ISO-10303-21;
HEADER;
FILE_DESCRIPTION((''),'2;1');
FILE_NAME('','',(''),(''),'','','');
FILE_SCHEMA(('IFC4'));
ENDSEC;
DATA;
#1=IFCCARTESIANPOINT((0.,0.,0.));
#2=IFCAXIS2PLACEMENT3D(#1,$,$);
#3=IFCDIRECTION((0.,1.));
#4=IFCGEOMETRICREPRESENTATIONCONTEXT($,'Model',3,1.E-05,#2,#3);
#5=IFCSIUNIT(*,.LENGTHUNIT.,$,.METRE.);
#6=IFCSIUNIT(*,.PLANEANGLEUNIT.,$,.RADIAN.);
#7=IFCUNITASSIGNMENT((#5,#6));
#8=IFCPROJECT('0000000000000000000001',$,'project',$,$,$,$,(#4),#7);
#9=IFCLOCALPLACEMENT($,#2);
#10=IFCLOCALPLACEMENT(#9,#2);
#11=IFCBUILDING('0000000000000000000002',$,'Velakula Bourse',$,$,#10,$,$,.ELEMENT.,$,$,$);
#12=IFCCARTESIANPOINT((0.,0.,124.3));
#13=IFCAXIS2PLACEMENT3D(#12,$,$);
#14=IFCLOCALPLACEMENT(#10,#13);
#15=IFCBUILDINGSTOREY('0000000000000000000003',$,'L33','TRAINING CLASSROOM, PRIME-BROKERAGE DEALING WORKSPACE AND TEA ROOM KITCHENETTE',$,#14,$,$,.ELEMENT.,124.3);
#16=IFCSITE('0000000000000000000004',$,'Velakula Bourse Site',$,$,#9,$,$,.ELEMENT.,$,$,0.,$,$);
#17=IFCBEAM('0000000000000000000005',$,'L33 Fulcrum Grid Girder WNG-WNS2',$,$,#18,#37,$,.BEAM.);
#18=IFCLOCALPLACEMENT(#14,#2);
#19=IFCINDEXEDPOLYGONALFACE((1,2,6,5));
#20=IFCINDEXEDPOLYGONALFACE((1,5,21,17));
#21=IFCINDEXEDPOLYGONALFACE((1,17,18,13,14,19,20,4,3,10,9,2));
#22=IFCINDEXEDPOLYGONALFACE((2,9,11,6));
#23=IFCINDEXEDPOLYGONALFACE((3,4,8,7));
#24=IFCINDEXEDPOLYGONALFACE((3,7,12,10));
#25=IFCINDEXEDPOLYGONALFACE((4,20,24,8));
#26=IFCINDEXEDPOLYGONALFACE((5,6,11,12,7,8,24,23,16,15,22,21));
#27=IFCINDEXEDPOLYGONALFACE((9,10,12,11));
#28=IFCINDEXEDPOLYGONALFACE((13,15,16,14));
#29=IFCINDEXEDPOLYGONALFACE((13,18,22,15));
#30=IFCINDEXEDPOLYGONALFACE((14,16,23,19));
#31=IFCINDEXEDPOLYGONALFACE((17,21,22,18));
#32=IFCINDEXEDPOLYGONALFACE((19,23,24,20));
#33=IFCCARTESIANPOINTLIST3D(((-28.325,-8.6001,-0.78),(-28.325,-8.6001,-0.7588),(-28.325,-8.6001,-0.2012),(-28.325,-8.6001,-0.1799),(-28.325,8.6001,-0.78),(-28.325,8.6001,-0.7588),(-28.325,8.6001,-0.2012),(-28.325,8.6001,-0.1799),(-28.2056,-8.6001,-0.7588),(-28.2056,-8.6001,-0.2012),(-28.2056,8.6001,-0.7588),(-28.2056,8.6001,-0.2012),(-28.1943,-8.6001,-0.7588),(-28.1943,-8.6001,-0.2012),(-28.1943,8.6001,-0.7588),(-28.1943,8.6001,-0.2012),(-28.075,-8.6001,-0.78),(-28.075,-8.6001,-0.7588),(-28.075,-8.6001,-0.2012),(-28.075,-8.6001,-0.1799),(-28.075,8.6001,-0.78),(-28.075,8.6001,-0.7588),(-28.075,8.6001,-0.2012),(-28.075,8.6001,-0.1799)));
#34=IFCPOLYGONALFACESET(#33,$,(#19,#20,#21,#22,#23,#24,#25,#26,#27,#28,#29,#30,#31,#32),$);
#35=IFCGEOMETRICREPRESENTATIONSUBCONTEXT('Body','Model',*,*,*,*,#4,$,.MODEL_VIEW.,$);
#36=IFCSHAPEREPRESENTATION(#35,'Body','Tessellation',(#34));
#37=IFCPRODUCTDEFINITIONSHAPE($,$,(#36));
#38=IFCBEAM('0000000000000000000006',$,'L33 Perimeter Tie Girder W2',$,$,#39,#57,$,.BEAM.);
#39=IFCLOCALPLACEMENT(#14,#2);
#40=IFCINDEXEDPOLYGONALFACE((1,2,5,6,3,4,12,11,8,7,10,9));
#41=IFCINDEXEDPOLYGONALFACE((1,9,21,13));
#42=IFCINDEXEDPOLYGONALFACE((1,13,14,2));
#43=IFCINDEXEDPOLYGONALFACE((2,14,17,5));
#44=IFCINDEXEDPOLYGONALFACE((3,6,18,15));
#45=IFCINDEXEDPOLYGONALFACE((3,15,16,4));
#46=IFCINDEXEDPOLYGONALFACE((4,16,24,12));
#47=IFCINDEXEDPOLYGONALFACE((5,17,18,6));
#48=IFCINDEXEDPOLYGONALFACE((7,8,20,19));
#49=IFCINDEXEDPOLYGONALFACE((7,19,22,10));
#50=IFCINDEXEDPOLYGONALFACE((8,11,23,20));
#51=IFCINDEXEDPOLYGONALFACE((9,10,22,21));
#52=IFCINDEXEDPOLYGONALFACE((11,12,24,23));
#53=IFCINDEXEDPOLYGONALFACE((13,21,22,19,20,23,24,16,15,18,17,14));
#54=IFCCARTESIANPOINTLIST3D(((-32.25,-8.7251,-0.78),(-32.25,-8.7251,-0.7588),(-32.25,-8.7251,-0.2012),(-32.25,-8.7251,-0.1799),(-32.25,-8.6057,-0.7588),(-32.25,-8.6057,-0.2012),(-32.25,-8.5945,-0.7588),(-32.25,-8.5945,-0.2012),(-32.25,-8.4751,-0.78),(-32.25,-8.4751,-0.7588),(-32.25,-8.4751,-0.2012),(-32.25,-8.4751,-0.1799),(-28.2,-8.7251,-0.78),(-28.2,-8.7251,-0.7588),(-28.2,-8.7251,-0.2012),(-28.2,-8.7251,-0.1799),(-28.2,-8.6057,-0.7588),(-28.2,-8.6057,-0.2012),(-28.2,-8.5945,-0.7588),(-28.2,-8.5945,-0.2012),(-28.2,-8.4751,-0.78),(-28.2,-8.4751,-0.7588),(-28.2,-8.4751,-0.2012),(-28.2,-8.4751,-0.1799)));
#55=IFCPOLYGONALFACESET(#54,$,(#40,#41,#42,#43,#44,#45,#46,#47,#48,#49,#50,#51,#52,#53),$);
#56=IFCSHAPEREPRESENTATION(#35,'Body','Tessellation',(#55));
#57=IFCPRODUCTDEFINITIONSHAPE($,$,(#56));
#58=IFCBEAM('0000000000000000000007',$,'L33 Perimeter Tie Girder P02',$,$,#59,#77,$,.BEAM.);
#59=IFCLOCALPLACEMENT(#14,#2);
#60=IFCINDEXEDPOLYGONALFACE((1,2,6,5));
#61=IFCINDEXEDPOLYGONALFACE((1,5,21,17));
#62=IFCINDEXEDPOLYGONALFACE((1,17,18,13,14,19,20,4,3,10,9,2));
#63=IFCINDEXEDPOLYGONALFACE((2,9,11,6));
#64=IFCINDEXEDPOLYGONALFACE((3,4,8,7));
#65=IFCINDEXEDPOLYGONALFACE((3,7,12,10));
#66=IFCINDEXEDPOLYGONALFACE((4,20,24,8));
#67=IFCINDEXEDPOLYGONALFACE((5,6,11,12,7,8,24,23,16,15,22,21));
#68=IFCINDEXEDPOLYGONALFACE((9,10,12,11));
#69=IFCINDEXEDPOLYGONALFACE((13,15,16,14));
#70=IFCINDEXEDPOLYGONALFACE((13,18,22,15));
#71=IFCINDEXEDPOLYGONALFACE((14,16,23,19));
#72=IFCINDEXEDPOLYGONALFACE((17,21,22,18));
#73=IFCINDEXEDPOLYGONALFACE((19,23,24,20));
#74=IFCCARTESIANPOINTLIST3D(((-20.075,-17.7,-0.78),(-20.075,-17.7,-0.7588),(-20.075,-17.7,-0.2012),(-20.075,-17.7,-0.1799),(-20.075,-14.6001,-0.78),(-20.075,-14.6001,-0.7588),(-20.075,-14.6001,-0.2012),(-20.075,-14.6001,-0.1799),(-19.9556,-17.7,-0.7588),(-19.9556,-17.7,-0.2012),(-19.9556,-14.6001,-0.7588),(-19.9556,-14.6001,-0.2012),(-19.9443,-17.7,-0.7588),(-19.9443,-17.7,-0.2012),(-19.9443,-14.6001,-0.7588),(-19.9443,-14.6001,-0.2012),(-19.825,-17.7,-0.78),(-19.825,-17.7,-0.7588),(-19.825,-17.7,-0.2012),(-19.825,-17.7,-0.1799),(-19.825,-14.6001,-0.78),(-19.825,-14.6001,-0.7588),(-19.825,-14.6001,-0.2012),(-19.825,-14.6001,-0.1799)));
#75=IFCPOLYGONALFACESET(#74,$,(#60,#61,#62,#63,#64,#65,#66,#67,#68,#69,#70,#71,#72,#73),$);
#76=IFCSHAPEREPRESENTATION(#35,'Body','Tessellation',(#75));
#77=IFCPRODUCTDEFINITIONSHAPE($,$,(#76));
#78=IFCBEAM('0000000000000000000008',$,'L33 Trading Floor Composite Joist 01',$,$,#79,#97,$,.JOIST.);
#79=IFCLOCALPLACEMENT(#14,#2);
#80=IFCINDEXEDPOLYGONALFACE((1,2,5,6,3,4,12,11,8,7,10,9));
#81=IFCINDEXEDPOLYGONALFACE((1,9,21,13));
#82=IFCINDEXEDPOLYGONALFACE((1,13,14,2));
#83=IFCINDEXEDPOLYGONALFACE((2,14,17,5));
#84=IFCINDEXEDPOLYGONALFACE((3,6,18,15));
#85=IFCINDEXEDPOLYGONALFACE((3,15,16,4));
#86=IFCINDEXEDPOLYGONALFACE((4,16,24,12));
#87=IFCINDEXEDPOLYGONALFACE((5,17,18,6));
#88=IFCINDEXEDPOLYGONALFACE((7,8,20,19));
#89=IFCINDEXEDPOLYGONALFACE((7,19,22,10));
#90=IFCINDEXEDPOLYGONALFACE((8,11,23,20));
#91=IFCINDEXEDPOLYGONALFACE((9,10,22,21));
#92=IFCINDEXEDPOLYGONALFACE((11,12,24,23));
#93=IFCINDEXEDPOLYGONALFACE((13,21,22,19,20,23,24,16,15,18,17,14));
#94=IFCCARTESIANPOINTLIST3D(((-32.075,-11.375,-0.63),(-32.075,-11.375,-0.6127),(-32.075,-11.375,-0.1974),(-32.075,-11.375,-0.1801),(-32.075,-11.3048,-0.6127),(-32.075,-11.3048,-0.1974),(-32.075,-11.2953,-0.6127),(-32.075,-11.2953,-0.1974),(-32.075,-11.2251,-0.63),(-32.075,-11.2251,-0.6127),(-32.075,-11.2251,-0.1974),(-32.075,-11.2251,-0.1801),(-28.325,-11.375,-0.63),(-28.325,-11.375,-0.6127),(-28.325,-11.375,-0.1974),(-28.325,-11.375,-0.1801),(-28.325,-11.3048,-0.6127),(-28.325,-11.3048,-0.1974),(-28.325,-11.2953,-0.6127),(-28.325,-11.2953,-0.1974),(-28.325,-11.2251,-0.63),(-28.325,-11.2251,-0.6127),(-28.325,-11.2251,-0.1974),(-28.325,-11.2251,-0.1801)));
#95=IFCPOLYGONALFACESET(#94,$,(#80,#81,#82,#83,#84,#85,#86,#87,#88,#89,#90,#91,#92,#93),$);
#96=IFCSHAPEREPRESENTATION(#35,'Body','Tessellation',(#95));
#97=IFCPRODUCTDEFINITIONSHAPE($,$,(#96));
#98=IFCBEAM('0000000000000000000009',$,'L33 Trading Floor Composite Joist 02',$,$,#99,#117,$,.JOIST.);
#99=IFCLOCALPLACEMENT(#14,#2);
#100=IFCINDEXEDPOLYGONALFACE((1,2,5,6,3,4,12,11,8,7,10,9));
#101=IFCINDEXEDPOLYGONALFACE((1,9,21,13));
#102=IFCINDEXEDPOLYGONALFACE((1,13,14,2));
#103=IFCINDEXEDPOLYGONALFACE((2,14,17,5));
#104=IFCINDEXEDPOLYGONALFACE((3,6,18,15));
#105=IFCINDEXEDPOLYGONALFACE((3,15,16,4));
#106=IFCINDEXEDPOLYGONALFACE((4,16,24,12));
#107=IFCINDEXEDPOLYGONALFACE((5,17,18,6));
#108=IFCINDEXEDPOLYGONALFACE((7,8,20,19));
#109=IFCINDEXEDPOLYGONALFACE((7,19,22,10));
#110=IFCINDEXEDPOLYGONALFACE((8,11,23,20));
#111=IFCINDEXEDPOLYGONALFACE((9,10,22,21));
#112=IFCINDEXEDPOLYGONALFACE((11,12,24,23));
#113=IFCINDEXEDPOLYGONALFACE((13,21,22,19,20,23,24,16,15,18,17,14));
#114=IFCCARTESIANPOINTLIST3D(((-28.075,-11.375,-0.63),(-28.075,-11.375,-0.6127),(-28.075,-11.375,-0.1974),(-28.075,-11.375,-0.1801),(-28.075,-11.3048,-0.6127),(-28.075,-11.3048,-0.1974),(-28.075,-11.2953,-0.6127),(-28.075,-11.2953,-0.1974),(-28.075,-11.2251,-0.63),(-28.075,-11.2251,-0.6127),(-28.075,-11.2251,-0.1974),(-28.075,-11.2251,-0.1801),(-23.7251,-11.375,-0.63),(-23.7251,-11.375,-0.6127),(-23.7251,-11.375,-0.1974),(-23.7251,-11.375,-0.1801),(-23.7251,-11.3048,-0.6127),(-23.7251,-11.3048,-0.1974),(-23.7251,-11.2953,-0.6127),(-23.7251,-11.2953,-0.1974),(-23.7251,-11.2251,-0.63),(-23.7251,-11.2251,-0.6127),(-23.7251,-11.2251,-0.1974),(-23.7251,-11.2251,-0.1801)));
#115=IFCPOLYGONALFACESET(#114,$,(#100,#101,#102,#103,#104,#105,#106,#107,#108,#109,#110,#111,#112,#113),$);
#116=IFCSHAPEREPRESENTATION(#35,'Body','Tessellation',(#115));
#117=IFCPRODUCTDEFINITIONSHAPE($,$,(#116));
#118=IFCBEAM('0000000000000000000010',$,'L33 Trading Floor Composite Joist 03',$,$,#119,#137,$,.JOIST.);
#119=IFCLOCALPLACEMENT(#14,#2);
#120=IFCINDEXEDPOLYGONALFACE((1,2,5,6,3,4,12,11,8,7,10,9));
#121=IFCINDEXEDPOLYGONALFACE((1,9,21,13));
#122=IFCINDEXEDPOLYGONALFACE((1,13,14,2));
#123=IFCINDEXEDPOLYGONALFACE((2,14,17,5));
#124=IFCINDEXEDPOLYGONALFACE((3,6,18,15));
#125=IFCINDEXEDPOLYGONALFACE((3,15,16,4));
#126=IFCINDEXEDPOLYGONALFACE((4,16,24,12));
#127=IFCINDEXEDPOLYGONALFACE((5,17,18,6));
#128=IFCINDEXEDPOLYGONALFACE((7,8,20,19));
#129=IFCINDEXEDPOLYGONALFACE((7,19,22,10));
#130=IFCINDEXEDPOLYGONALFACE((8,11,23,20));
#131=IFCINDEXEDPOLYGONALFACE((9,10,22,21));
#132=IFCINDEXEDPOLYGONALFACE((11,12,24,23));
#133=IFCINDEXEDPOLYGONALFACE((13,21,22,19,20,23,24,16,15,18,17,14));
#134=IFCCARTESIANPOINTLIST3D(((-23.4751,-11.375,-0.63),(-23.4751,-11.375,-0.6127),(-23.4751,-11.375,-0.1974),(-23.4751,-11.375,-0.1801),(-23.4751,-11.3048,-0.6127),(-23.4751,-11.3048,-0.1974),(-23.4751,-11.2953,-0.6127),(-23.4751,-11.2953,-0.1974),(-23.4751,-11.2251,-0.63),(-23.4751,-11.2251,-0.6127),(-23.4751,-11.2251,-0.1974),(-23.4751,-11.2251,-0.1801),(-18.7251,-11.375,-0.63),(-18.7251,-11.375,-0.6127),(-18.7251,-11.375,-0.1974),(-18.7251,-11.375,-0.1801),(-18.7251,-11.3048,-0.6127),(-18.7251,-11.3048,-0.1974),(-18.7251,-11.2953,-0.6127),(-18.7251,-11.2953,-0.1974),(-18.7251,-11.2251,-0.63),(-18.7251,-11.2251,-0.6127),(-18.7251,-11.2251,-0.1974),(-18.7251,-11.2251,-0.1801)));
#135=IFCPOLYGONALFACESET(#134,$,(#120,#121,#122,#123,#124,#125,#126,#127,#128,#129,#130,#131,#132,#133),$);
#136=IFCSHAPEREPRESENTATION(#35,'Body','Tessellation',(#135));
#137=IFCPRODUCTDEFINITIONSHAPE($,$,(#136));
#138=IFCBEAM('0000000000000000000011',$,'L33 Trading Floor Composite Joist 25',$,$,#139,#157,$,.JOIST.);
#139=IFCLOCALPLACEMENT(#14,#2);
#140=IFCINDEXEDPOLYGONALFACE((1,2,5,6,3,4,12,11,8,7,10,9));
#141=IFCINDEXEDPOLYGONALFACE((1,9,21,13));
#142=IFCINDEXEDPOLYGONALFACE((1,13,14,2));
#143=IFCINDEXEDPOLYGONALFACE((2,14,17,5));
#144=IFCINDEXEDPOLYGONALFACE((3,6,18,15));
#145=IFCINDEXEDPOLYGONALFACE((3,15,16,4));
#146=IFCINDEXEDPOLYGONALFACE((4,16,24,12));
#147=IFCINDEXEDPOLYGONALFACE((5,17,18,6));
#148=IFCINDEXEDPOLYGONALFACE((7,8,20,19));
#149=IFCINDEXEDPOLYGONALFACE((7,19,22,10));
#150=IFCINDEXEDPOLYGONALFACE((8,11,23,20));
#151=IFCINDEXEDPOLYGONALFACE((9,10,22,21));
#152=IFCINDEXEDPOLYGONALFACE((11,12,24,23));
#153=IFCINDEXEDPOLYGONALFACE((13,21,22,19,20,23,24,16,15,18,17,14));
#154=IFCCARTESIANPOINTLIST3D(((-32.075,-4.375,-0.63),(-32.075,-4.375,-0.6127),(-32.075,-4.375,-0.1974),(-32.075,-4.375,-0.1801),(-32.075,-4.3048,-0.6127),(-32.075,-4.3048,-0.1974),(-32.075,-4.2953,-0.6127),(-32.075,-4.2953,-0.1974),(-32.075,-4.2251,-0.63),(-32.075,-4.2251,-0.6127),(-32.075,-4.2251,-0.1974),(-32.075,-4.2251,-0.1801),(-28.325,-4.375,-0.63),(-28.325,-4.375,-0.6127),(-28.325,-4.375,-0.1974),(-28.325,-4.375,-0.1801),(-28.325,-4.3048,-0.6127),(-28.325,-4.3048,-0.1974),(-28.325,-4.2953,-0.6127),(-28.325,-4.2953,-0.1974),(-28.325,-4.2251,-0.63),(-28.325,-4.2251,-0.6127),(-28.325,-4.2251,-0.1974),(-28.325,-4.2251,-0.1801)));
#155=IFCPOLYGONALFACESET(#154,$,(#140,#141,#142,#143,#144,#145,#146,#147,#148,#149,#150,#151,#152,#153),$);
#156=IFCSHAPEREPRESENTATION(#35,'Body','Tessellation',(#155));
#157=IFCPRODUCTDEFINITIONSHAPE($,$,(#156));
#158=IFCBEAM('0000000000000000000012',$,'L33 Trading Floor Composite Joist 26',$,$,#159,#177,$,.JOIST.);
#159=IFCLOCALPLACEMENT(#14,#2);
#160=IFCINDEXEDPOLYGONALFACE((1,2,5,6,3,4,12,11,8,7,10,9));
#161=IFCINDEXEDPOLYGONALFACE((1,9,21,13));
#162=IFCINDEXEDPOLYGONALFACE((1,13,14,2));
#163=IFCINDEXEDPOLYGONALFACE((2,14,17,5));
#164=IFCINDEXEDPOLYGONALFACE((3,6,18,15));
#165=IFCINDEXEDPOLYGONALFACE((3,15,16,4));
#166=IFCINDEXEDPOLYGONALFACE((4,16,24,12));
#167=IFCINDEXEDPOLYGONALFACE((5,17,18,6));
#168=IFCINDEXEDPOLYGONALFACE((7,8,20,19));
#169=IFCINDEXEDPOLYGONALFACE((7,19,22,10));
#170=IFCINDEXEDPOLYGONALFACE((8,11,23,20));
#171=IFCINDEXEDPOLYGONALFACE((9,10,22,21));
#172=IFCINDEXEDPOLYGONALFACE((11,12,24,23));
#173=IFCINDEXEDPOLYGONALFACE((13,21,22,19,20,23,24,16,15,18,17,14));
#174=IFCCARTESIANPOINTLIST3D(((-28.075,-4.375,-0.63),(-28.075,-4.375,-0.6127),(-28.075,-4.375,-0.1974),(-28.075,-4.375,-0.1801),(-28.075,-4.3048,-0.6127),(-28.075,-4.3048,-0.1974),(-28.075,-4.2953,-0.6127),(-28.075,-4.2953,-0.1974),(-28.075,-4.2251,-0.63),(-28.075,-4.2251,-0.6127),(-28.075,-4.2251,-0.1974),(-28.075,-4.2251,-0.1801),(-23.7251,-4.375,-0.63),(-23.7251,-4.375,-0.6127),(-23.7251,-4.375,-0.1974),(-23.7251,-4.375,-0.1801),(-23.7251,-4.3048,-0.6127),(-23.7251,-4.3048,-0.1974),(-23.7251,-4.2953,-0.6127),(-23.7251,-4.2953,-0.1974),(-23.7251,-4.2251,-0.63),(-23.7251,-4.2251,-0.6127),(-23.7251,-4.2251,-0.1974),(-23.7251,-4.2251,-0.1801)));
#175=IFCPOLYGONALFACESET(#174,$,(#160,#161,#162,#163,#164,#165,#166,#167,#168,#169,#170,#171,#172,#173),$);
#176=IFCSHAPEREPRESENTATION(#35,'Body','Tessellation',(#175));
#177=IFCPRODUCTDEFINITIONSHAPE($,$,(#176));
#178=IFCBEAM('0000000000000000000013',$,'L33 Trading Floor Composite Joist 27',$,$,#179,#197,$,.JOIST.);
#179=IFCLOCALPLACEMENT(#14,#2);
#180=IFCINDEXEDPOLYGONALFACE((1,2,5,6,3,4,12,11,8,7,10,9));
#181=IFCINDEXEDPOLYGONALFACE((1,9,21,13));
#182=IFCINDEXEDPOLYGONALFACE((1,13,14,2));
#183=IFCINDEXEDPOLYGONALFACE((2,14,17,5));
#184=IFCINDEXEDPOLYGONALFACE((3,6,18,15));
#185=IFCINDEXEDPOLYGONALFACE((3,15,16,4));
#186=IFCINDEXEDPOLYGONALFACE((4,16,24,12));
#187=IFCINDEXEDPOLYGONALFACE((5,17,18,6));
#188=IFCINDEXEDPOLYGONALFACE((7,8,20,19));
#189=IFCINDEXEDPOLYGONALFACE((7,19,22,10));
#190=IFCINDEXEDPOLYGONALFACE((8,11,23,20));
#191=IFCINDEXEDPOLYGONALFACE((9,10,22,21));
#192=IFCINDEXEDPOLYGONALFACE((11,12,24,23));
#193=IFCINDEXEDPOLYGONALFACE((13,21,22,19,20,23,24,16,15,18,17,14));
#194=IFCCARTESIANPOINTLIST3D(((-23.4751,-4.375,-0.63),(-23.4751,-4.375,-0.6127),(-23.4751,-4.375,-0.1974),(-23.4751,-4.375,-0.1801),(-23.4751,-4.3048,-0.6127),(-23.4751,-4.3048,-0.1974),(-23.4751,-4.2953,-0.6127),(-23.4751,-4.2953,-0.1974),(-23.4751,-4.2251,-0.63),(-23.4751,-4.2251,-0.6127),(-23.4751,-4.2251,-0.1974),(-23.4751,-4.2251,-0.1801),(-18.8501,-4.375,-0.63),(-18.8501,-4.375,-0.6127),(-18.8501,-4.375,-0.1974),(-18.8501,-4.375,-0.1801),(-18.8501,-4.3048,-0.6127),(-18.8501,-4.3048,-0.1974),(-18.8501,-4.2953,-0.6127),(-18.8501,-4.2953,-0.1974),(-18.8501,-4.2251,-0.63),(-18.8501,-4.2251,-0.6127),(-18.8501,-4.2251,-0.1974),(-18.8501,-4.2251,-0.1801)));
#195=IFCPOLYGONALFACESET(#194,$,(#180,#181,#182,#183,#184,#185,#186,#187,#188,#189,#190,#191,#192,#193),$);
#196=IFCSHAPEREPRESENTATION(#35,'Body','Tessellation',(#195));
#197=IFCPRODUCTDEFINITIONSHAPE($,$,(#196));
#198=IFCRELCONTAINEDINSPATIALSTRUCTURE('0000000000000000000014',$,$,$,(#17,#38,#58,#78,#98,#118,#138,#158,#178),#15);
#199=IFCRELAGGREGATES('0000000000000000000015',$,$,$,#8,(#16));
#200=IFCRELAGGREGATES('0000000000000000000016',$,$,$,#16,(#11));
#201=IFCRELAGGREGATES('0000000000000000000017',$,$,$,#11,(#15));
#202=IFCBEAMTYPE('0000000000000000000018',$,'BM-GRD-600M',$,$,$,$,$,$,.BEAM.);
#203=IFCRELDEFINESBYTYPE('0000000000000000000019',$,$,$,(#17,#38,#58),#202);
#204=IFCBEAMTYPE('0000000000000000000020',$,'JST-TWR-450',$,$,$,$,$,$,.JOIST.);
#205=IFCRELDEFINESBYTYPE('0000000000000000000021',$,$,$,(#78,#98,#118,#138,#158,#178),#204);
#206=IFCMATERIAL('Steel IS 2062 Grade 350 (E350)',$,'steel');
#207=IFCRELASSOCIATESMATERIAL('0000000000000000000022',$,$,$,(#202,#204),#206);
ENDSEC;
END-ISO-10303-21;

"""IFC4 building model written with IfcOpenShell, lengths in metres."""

from ifc_helpers import new_model, si_unit, direction, frame, origin, origin_2d, place, context, subcontext, project, spatial, i_section, extrude, material, material_profile, profile_set, type_object, element, save


model = new_model("IFC4")

# Units and contexts
model_context = context("Model", 3, precision=1e-05, world=origin(), true_north=direction((0.0, 1.0)))
body_context = subcontext(model_context, "Body", "Model", "MODEL_VIEW")
ifc_project = project(units=[si_unit("LENGTHUNIT", "METRE"), si_unit("PLANEANGLEUNIT", "RADIAN")], contexts=[model_context])

# Site, building, storey
site_placement = place(None, origin())
site = spatial("IfcSite", under=ifc_project, at=site_placement, Name="Velakula Bourse Site", CompositionType="ELEMENT", RefElevation=0.0)
building_placement = place(site_placement, origin())
building = spatial("IfcBuilding", under=site, at=building_placement, Name="Velakula Bourse", CompositionType="ELEMENT")
storey_placement = place(building_placement, frame((0.0, 0.0, 124.3)))
storey = spatial("IfcBuildingStorey", under=building, at=storey_placement, Name="L33", Description="TRAINING CLASSROOM, PRIME-BROKERAGE DEALING WORKSPACE AND TEA ROOM KITCHENETTE", CompositionType="ELEMENT", Elevation=124.3)

# Shared definitions
ifc_material_1 = material(Name="Steel IS 2062 Grade 350 (E350)", Category="steel")

# Beams
ifc_material_profile_1 = material_profile(ifc_material_1, i_section(OverallWidth=0.25, OverallDepth=0.6001, WebThickness=0.0112, FlangeThickness=0.0212, at=origin_2d()), Name="Steel IS 2062 Grade 350 (E350)")
ifc_profile_set_1 = profile_set([ifc_material_profile_1], Name="Steel IS 2062 Grade 350 (E350)")
beam_type_1 = type_object("IfcBeamType", Name="BM-GRD-600M", PredefinedType="BEAM", material=ifc_profile_set_1)
beam_1_placement = place(storey_placement, frame((-28.2, -8.6001, -0.48), z_axis=(0.0, 1.0, 0.0), x_axis=(-1.0, 0.0, 0.0)))
element("IfcBeam", 1, at=beam_1_placement, inside=storey, type_object=beam_type_1, Name="L33 Fulcrum Grid Girder WNG-WNS2", PredefinedType="BEAM", context=body_context, shape_type="SweptSolid", body=[
    extrude(i_section(OverallWidth=0.25, OverallDepth=0.6001, WebThickness=0.0112, FlangeThickness=0.0212, at=origin_2d()), origin(), (0.0, 0.0, 1.0), 17.2002),
])
beam_2_placement = place(storey_placement, frame((-28.2, -8.6001, -0.48), z_axis=(-1.0, 0.0, 0.0), x_axis=(0.0, -1.0, 0.0)))
element("IfcBeam", 2, at=beam_2_placement, inside=storey, type_object=beam_type_1, Name="L33 Perimeter Tie Girder W2", PredefinedType="BEAM", context=body_context, shape_type="SweptSolid", body=[
    extrude(i_section(OverallWidth=0.25, OverallDepth=0.6001, WebThickness=0.0112, FlangeThickness=0.0212, at=origin_2d()), origin(), (0.0, 0.0, 1.0), 4.05),
])
beam_3_placement = place(storey_placement, frame((-19.95, -14.6001, -0.48), z_axis=(0.0, -1.0, 0.0), x_axis=(1.0, 0.0, 0.0)))
element("IfcBeam", 3, at=beam_3_placement, inside=storey, type_object=beam_type_1, Name="L33 Perimeter Tie Girder P02", PredefinedType="BEAM", context=body_context, shape_type="SweptSolid", body=[
    extrude(i_section(OverallWidth=0.25, OverallDepth=0.6001, WebThickness=0.0112, FlangeThickness=0.0212, at=origin_2d()), origin(), (0.0, 0.0, 1.0), 3.0999),
])
ifc_material_profile_2 = material_profile(ifc_material_1, i_section(OverallWidth=0.1499, OverallDepth=0.45, WebThickness=0.0095, FlangeThickness=0.0173, at=origin_2d()), Name="Steel IS 2062 Grade 350 (E350)")
ifc_profile_set_2 = profile_set([ifc_material_profile_2], Name="Steel IS 2062 Grade 350 (E350)")
beam_type_2 = type_object("IfcBeamType", Name="JST-TWR-450", PredefinedType="JOIST", material=ifc_profile_set_2)
beam_4_placement = place(storey_placement, frame((-32.075, -11.3, -0.405), z_axis=(1.0, 0.0, 0.0), x_axis=(0.0, 1.0, 0.0)))
element("IfcBeam", 4, at=beam_4_placement, inside=storey, type_object=beam_type_2, Name="L33 Trading Floor Composite Joist 01", PredefinedType="JOIST", context=body_context, shape_type="SweptSolid", body=[
    extrude(i_section(OverallWidth=0.1499, OverallDepth=0.45, WebThickness=0.0095, FlangeThickness=0.0173, at=origin_2d()), origin(), (0.0, 0.0, 1.0), 3.75),
])
beam_5_placement = place(storey_placement, frame((-28.075, -11.3, -0.405), z_axis=(1.0, 0.0, 0.0), x_axis=(0.0, 1.0, 0.0)))
element("IfcBeam", 5, at=beam_5_placement, inside=storey, type_object=beam_type_2, Name="L33 Trading Floor Composite Joist 02", PredefinedType="JOIST", context=body_context, shape_type="SweptSolid", body=[
    extrude(i_section(OverallWidth=0.1499, OverallDepth=0.45, WebThickness=0.0095, FlangeThickness=0.0173, at=origin_2d()), origin(), (0.0, 0.0, 1.0), 4.3499),
])
beam_6_placement = place(storey_placement, frame((-23.4751, -11.3, -0.405), z_axis=(1.0, 0.0, 0.0), x_axis=(0.0, 1.0, 0.0)))
element("IfcBeam", 6, at=beam_6_placement, inside=storey, type_object=beam_type_2, Name="L33 Trading Floor Composite Joist 03", PredefinedType="JOIST", context=body_context, shape_type="SweptSolid", body=[
    extrude(i_section(OverallWidth=0.1499, OverallDepth=0.45, WebThickness=0.0095, FlangeThickness=0.0173, at=origin_2d()), origin(), (0.0, 0.0, 1.0), 4.75),
])
beam_7_placement = place(storey_placement, frame((-32.075, -4.3, -0.405), z_axis=(1.0, 0.0, 0.0), x_axis=(0.0, 1.0, 0.0)))
element("IfcBeam", 7, at=beam_7_placement, inside=storey, type_object=beam_type_2, Name="L33 Trading Floor Composite Joist 25", PredefinedType="JOIST", context=body_context, shape_type="SweptSolid", body=[
    extrude(i_section(OverallWidth=0.1499, OverallDepth=0.45, WebThickness=0.0095, FlangeThickness=0.0173, at=origin_2d()), origin(), (0.0, 0.0, 1.0), 3.75),
])
beam_8_placement = place(storey_placement, frame((-28.075, -4.3, -0.405), z_axis=(1.0, 0.0, 0.0), x_axis=(0.0, 1.0, 0.0)))
element("IfcBeam", 8, at=beam_8_placement, inside=storey, type_object=beam_type_2, Name="L33 Trading Floor Composite Joist 26", PredefinedType="JOIST", context=body_context, shape_type="SweptSolid", body=[
    extrude(i_section(OverallWidth=0.1499, OverallDepth=0.45, WebThickness=0.0095, FlangeThickness=0.0173, at=origin_2d()), origin(), (0.0, 0.0, 1.0), 4.3499),
])
beam_9_placement = place(storey_placement, frame((-23.4751, -4.3, -0.405), z_axis=(1.0, 0.0, 0.0), x_axis=(0.0, 1.0, 0.0)))
element("IfcBeam", 9, at=beam_9_placement, inside=storey, type_object=beam_type_2, Name="L33 Trading Floor Composite Joist 27", PredefinedType="JOIST", context=body_context, shape_type="SweptSolid", body=[
    extrude(i_section(OverallWidth=0.1499, OverallDepth=0.45, WebThickness=0.0095, FlangeThickness=0.0173, at=origin_2d()), origin(), (0.0, 0.0, 1.0), 4.625),
])

save(model, "model.ifc")
